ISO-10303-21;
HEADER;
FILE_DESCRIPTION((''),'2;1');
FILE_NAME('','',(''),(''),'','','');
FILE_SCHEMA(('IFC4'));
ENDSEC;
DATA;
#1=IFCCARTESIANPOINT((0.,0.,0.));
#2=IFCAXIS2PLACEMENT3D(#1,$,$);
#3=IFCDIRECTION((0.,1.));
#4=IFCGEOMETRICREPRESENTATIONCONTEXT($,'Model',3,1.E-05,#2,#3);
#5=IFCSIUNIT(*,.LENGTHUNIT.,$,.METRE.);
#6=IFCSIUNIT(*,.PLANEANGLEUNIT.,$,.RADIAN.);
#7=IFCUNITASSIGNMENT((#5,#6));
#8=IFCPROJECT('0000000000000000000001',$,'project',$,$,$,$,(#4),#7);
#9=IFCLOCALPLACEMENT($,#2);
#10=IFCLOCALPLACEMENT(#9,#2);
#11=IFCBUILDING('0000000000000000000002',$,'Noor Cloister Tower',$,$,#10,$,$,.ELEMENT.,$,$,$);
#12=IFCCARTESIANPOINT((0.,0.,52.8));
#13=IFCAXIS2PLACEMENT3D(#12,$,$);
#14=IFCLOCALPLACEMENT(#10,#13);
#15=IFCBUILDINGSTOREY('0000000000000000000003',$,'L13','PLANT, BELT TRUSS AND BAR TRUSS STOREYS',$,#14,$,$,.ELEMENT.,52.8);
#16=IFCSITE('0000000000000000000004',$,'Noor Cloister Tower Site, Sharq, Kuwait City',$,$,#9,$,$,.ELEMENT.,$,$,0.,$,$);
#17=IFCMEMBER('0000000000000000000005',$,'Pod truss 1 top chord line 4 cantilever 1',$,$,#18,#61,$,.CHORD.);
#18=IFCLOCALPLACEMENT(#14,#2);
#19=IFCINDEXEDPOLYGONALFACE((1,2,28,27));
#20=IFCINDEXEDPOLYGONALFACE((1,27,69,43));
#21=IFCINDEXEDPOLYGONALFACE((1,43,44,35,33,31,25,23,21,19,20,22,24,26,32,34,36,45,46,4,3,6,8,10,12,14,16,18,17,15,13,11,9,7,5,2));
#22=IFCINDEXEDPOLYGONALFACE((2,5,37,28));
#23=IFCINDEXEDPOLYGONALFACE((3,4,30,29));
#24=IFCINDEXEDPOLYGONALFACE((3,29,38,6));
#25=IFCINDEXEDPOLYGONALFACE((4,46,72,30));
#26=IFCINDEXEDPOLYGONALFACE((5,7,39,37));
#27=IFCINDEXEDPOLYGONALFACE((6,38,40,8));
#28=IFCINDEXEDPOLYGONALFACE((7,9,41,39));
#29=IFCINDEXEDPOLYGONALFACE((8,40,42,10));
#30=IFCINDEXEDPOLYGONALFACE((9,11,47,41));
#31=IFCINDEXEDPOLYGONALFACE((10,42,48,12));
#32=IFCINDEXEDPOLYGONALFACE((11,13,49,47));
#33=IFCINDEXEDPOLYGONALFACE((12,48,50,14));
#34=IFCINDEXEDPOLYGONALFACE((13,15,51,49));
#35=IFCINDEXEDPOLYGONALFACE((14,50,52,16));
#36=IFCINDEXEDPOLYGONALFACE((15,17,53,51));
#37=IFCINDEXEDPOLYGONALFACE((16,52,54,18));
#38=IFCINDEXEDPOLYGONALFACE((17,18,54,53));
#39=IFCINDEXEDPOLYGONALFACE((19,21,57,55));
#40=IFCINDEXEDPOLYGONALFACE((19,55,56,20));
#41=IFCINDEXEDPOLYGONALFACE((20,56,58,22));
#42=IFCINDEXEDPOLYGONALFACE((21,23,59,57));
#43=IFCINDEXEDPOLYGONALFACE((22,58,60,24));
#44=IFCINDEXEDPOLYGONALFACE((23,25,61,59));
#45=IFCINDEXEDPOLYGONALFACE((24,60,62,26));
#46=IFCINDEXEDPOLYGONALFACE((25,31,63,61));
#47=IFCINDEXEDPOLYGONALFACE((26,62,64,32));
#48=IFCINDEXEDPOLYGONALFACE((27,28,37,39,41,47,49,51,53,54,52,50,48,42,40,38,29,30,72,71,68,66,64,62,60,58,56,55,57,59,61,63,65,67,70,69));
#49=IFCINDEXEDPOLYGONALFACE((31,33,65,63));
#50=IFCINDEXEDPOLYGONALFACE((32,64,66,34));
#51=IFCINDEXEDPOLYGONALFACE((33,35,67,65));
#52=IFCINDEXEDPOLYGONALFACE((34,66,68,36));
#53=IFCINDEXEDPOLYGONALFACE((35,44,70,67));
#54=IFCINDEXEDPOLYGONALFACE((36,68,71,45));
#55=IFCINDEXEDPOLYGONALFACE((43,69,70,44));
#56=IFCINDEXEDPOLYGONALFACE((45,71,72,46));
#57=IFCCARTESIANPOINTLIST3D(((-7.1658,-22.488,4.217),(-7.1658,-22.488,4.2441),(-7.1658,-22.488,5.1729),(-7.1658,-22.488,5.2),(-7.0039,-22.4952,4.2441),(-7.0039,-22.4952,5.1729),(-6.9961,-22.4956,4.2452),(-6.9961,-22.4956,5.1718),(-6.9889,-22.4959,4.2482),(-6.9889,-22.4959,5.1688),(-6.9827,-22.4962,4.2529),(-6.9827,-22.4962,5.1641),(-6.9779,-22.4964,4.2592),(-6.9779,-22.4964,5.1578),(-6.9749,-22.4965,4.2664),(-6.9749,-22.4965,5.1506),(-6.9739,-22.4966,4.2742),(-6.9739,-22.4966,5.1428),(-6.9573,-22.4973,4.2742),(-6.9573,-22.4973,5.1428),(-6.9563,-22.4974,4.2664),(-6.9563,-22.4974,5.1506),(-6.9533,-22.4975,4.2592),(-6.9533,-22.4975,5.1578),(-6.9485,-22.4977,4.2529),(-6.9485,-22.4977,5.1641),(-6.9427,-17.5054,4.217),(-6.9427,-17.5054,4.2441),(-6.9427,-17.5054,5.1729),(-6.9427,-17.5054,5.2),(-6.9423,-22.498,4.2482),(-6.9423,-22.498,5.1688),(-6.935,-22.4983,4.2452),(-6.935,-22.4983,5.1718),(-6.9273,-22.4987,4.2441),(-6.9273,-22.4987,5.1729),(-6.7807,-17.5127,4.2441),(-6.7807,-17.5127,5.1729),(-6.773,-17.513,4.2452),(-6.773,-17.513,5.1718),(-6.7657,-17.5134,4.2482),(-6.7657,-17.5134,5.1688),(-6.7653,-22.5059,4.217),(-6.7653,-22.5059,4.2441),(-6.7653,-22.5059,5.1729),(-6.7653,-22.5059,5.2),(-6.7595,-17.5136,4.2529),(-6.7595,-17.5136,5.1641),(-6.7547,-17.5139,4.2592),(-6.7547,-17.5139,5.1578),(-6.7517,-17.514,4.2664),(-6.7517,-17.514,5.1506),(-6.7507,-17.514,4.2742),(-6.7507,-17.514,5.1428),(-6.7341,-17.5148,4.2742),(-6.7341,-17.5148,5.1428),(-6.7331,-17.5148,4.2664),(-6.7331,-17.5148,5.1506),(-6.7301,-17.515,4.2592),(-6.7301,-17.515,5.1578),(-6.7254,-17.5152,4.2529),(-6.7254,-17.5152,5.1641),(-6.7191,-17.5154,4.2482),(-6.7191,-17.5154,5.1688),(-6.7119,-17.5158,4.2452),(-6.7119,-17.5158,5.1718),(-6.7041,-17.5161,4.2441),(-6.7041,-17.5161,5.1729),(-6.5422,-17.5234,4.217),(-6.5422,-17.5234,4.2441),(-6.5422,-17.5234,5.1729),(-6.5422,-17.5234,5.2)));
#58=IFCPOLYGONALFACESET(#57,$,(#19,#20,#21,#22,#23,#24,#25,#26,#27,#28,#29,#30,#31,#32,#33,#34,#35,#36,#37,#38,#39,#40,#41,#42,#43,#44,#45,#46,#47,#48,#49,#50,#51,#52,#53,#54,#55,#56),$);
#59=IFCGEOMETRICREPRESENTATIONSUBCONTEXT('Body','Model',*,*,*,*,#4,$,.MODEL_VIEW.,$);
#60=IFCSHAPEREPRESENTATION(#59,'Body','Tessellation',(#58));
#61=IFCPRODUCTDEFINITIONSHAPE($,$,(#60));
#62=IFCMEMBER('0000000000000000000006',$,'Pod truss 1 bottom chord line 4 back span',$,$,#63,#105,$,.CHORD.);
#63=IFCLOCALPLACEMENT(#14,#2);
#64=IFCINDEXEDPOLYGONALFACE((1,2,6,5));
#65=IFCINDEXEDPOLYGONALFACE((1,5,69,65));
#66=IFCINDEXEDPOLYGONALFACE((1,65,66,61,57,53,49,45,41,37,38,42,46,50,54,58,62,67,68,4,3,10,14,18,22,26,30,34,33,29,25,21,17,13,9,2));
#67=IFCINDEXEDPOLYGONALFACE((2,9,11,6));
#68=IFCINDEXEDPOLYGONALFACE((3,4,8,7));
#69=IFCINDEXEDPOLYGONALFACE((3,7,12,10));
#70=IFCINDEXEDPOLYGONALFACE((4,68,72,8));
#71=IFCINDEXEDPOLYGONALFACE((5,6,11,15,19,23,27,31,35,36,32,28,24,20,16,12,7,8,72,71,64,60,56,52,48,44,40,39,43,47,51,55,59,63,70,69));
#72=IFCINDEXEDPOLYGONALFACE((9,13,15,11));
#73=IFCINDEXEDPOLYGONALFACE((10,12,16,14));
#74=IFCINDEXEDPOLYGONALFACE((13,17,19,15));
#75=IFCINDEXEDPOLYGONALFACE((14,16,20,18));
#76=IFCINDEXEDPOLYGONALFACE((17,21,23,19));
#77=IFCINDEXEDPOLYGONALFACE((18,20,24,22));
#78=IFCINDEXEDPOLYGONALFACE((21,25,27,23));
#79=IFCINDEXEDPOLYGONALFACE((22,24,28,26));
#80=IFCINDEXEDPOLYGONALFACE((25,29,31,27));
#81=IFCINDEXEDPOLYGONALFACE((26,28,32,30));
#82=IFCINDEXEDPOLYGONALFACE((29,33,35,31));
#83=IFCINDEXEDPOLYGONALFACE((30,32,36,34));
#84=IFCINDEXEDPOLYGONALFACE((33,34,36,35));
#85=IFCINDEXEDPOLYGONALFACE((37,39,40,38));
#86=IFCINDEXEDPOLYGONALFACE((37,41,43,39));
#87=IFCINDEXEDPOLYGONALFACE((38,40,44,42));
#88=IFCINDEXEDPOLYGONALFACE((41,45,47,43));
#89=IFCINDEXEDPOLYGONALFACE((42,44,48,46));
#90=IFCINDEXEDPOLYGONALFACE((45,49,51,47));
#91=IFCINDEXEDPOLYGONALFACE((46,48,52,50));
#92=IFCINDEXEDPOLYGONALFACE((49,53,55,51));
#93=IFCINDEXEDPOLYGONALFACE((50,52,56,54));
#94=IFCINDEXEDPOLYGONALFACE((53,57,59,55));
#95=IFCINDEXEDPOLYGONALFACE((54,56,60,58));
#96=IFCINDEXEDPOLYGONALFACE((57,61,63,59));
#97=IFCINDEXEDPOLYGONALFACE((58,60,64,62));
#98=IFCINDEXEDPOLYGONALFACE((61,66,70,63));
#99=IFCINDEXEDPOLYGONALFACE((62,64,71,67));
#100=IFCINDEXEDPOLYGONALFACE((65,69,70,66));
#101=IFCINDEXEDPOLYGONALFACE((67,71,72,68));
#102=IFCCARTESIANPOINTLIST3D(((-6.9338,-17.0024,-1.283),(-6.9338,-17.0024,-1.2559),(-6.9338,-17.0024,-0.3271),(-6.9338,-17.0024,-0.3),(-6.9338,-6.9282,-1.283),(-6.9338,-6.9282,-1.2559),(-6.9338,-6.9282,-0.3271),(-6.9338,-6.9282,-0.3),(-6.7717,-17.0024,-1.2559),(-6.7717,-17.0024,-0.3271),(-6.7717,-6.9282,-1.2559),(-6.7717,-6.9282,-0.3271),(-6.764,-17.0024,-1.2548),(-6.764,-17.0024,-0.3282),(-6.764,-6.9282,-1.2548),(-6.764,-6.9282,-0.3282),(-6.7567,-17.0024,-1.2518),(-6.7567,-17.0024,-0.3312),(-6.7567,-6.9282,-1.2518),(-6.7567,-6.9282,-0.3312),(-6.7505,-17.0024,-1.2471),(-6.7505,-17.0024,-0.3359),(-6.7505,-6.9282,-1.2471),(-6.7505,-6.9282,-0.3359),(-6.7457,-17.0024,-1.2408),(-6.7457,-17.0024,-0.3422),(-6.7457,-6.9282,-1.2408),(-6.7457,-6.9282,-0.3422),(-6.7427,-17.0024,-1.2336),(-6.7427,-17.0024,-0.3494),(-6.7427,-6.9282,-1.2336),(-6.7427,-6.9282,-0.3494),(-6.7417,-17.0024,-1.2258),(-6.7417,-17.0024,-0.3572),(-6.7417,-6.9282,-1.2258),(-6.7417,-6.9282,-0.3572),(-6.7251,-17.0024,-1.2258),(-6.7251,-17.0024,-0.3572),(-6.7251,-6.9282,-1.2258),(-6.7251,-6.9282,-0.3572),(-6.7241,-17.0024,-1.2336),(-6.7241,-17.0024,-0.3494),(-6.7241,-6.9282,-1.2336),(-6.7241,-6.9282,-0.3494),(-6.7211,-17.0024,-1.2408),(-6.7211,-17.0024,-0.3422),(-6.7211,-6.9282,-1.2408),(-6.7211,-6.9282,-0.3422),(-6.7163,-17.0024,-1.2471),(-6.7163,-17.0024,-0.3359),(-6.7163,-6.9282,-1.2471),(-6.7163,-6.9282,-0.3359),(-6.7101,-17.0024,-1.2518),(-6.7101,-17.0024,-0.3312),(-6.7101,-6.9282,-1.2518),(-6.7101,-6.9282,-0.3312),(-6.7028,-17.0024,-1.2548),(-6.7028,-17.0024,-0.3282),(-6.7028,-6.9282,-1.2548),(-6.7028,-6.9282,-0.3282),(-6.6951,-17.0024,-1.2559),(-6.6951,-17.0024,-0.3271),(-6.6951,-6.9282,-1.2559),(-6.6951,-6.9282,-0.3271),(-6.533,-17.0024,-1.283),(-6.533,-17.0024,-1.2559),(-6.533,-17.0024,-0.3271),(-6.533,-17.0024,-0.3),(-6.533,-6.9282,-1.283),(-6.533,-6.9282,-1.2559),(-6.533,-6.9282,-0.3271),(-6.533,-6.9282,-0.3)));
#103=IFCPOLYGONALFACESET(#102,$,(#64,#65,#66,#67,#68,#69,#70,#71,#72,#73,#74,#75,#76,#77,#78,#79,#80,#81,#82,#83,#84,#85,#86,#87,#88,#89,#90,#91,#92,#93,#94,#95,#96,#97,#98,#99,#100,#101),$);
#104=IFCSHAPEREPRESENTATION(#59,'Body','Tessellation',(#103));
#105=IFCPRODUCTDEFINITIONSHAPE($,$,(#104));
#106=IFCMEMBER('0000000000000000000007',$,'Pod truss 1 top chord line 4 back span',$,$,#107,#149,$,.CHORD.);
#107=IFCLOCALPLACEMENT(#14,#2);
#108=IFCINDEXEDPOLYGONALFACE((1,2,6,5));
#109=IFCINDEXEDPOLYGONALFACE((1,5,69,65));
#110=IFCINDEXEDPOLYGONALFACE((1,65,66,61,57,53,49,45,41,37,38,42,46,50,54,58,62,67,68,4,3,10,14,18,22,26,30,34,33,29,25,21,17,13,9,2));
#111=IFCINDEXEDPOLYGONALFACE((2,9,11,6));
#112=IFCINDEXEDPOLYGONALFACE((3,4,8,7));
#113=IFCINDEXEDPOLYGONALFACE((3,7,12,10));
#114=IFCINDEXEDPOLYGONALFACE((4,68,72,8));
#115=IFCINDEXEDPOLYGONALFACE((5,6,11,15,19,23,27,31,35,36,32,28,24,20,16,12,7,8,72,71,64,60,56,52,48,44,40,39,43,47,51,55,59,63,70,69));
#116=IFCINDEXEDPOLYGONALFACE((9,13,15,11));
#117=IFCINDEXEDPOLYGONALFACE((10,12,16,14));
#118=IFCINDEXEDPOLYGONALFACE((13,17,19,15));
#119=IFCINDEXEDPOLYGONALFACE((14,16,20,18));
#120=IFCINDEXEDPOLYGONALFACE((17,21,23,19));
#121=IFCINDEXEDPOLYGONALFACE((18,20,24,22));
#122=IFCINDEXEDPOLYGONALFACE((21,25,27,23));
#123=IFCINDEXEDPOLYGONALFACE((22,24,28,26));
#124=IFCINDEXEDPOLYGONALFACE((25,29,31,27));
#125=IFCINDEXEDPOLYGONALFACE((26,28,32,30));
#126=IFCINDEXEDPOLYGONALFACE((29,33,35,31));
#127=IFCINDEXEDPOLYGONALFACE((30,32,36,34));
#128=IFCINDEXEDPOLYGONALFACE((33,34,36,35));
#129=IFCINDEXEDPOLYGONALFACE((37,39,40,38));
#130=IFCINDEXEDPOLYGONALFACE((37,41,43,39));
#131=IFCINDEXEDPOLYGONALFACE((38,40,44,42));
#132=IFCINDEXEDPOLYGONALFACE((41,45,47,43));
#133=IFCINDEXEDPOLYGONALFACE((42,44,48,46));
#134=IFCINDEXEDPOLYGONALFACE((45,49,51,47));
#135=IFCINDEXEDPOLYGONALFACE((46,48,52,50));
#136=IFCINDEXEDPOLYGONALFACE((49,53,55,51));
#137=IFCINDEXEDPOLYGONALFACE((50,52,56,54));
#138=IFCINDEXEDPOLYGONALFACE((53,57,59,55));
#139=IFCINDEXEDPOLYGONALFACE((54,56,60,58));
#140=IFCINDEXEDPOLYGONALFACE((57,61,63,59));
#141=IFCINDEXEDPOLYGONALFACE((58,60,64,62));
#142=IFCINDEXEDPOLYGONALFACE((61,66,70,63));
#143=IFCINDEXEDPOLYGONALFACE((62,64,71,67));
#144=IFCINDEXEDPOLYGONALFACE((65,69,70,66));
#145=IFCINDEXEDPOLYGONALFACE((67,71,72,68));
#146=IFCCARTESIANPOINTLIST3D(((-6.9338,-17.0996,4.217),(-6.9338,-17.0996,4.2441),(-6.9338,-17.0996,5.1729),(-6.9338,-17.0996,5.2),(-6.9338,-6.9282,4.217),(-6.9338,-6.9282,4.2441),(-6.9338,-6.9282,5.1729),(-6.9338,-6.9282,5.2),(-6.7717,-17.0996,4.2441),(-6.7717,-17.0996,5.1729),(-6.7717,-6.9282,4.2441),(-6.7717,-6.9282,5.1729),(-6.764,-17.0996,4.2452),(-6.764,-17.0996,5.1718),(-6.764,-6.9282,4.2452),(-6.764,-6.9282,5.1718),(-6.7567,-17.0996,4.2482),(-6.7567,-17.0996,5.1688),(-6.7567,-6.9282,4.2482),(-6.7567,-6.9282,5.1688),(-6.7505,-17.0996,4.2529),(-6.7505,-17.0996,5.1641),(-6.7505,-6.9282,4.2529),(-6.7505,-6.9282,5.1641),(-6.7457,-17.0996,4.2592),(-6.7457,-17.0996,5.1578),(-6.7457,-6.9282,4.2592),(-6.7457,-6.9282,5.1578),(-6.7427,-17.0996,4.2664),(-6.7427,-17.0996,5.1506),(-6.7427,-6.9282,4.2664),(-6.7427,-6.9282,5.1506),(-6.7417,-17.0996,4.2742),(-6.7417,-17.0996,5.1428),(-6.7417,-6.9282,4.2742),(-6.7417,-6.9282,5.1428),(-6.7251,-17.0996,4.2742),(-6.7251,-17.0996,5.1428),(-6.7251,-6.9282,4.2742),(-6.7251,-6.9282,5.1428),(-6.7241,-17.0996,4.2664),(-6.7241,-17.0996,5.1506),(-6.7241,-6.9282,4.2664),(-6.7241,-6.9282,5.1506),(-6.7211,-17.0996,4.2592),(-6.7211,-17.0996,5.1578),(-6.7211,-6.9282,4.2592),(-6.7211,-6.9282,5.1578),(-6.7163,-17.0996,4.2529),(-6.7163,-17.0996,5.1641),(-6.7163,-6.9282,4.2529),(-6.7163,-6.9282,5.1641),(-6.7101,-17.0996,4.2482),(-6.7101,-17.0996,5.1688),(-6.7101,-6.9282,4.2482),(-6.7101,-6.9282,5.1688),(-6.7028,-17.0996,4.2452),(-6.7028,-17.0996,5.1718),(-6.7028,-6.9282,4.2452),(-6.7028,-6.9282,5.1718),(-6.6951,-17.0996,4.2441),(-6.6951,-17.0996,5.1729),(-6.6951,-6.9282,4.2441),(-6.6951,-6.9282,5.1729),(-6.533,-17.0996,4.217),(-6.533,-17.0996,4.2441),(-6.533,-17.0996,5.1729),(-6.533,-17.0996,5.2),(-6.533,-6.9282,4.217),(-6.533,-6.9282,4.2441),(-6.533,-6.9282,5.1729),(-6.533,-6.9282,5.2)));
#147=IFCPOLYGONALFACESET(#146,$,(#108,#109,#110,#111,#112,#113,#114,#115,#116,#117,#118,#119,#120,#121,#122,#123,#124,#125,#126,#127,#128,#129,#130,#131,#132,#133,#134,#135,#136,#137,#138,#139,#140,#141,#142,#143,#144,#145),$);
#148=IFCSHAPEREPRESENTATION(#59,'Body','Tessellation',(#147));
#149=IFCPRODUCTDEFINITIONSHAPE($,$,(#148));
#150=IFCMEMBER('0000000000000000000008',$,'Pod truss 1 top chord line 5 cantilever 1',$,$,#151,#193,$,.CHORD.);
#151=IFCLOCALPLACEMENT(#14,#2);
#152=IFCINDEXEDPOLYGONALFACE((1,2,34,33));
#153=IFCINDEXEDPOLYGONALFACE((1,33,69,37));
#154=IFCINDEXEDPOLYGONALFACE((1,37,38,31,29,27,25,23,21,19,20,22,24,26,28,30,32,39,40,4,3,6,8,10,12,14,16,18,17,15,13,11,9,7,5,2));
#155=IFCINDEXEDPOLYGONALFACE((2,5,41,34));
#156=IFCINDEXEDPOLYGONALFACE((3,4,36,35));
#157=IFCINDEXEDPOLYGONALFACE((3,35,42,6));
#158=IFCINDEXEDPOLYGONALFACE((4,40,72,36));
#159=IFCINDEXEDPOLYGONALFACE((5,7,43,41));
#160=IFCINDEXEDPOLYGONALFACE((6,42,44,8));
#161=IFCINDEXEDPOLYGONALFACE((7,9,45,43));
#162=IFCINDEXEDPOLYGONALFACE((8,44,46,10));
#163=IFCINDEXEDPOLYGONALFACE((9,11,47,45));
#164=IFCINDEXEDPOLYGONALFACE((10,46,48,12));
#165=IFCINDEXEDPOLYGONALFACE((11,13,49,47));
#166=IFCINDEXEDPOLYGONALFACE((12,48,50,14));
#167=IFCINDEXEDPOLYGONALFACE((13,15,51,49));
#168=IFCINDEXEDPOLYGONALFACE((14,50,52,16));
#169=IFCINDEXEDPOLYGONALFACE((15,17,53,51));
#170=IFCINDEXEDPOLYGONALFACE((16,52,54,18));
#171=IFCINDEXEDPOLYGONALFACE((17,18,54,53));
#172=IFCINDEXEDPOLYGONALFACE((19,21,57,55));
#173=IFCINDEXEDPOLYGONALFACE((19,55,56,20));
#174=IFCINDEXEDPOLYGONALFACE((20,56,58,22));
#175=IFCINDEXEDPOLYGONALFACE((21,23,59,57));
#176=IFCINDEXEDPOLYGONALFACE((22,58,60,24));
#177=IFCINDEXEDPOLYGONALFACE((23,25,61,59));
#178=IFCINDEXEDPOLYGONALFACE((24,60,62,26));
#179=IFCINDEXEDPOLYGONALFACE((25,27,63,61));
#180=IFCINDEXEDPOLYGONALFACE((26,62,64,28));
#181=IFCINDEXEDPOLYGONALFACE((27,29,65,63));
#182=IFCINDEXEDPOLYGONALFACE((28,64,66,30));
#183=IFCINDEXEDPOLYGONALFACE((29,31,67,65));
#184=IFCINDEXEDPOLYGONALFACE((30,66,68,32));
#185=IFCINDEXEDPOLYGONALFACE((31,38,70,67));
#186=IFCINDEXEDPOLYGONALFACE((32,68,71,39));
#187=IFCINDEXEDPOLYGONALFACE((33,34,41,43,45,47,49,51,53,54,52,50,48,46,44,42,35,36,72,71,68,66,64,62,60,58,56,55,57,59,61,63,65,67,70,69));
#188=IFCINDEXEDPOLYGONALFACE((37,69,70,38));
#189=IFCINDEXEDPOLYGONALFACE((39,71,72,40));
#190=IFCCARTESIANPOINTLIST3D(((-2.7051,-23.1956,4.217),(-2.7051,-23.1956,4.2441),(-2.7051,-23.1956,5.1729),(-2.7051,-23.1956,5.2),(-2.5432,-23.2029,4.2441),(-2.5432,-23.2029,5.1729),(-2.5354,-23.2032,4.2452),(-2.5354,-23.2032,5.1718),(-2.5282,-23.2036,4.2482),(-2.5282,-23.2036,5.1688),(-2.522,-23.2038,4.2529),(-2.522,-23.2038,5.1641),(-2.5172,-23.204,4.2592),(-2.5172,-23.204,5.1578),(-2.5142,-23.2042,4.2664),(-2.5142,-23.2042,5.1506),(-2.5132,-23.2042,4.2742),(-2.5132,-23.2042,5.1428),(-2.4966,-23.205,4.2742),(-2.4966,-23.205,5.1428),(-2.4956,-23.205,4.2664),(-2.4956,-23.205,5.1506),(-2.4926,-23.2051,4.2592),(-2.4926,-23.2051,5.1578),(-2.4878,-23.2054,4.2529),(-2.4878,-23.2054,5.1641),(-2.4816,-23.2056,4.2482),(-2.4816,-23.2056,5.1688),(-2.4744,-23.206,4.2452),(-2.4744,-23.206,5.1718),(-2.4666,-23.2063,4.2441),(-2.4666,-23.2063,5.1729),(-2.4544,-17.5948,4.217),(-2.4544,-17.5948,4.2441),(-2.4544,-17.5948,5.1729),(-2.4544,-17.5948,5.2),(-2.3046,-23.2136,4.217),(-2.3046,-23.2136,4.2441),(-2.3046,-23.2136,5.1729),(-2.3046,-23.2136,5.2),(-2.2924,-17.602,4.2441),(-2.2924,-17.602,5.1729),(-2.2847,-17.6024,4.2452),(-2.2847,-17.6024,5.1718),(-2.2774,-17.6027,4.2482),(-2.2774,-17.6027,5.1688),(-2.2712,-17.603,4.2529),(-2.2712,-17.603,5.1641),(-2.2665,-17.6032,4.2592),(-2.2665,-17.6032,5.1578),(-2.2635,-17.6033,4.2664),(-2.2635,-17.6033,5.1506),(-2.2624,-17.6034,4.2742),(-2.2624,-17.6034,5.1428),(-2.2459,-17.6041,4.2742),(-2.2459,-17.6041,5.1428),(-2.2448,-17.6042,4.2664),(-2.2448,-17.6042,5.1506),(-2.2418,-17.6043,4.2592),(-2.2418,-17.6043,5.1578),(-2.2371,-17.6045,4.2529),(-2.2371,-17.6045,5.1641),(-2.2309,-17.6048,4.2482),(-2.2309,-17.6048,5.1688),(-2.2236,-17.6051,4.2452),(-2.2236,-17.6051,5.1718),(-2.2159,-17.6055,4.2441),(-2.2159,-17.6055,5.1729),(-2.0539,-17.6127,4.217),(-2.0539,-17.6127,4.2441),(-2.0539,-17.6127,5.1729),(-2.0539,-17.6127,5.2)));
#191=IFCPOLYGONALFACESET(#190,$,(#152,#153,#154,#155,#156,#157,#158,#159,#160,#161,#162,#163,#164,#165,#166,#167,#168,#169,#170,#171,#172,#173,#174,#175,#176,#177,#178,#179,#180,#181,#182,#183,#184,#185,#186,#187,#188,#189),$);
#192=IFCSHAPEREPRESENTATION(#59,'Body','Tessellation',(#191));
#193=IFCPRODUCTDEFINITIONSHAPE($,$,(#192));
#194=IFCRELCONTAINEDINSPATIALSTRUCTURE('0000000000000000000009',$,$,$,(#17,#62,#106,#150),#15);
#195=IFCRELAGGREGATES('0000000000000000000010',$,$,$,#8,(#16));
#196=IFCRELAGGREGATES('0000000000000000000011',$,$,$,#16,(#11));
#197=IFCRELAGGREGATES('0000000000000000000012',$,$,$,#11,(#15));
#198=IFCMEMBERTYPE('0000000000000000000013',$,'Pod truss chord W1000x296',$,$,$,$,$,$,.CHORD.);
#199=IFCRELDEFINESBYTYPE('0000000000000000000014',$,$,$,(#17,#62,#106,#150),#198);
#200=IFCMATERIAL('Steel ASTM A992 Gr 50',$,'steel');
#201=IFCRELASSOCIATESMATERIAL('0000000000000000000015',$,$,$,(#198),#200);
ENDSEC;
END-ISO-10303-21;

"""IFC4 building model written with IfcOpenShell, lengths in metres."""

from ifc_helpers import new_model, si_unit, direction, frame, origin, origin_2d, place, context, subcontext, project, spatial, i_section, extrude, material, material_profile, profile_set, type_object, element, save


model = new_model("IFC4")

# Units and contexts
model_context = context("Model", 3, precision=1e-05, world=origin(), true_north=direction((0.0, 1.0)))
body_context = subcontext(model_context, "Body", "Model", "MODEL_VIEW")
ifc_project = project(units=[si_unit("LENGTHUNIT", "METRE"), si_unit("PLANEANGLEUNIT", "RADIAN")], contexts=[model_context])

# Site, building, storey
site_placement = place(None, origin())
site = spatial("IfcSite", under=ifc_project, at=site_placement, Name="Noor Cloister Tower Site, Sharq, Kuwait City", CompositionType="ELEMENT", RefElevation=0.0)
building_placement = place(site_placement, origin())
building = spatial("IfcBuilding", under=site, at=building_placement, Name="Noor Cloister Tower", CompositionType="ELEMENT")
storey_placement = place(building_placement, frame((0.0, 0.0, 52.8)))
storey = spatial("IfcBuildingStorey", under=building, at=storey_placement, Name="L13", Description="PLANT, BELT TRUSS AND BAR TRUSS STOREYS", CompositionType="ELEMENT", Elevation=52.8)

# Members
ifc_material_1 = material(Name="Steel ASTM A992 Gr 50", Category="steel")
ifc_material_profile_1 = material_profile(ifc_material_1, i_section(OverallWidth=0.4009, OverallDepth=0.9829, WebThickness=0.0166, FlangeThickness=0.0271, FilletRadius=0.03, at=origin_2d()), Name="W1000x296")
ifc_profile_set_1 = profile_set([ifc_material_profile_1], Name="Steel ASTM A992 Gr 50")
member_type_1 = type_object("IfcMemberType", Name="Pod truss chord W1000x296", PredefinedType="CHORD", material=ifc_profile_set_1)
member_1_placement = place(storey_placement, frame((-6.7424, -17.5144, 4.7085), z_axis=(-0.044739, -0.998999, 0.0), x_axis=(0.998999, -0.044739, 0.0)))
element("IfcMember", 1, at=member_1_placement, inside=storey, type_object=member_type_1, Name="Pod truss 1 top chord line 4 cantilever 1", PredefinedType="CHORD", context=body_context, shape_type="SweptSolid", body=[
    extrude(i_section(OverallWidth=0.4009, OverallDepth=0.9829, WebThickness=0.0166, FlangeThickness=0.0271, FilletRadius=0.03, at=origin_2d()), origin(), (0.0, 0.0, 1.0), 4.9875),
])
member_2_placement = place(storey_placement, frame((-6.7334, -17.0024, -0.7915), z_axis=(0.0, 1.0, 0.0), x_axis=(-1.0, 0.0, 0.0)))
element("IfcMember", 2, at=member_2_placement, inside=storey, type_object=member_type_1, Name="Pod truss 1 bottom chord line 4 back span", PredefinedType="CHORD", context=body_context, shape_type="SweptSolid", body=[
    extrude(i_section(OverallWidth=0.4009, OverallDepth=0.9829, WebThickness=0.0166, FlangeThickness=0.0271, FilletRadius=0.03, at=origin_2d()), origin(), (0.0, 0.0, 1.0), 10.0742),
])
member_3_placement = place(storey_placement, frame((-6.7334, -17.0996, 4.7085), z_axis=(0.0, 1.0, 0.0), x_axis=(-1.0, 0.0, 0.0)))
element("IfcMember", 3, at=member_3_placement, inside=storey, type_object=member_type_1, Name="Pod truss 1 top chord line 4 back span", PredefinedType="CHORD", context=body_context, shape_type="SweptSolid", body=[
    extrude(i_section(OverallWidth=0.4009, OverallDepth=0.9829, WebThickness=0.0166, FlangeThickness=0.0271, FilletRadius=0.03, at=origin_2d()), origin(), (0.0, 0.0, 1.0), 10.1714),
])
member_4_placement = place(storey_placement, frame((-2.2542, -17.6038, 4.7085), z_axis=(-0.044722, -0.998999, 0.0), x_axis=(0.998999, -0.044722, 0.0)))
element("IfcMember", 4, at=member_4_placement, inside=storey, type_object=member_type_1, Name="Pod truss 1 top chord line 5 cantilever 1", PredefinedType="CHORD", context=body_context, shape_type="SweptSolid", body=[
    extrude(i_section(OverallWidth=0.4009, OverallDepth=0.9829, WebThickness=0.0166, FlangeThickness=0.0271, FilletRadius=0.03, at=origin_2d()), origin(), (0.0, 0.0, 1.0), 5.6064),
])

save(model, "model.ifc")
